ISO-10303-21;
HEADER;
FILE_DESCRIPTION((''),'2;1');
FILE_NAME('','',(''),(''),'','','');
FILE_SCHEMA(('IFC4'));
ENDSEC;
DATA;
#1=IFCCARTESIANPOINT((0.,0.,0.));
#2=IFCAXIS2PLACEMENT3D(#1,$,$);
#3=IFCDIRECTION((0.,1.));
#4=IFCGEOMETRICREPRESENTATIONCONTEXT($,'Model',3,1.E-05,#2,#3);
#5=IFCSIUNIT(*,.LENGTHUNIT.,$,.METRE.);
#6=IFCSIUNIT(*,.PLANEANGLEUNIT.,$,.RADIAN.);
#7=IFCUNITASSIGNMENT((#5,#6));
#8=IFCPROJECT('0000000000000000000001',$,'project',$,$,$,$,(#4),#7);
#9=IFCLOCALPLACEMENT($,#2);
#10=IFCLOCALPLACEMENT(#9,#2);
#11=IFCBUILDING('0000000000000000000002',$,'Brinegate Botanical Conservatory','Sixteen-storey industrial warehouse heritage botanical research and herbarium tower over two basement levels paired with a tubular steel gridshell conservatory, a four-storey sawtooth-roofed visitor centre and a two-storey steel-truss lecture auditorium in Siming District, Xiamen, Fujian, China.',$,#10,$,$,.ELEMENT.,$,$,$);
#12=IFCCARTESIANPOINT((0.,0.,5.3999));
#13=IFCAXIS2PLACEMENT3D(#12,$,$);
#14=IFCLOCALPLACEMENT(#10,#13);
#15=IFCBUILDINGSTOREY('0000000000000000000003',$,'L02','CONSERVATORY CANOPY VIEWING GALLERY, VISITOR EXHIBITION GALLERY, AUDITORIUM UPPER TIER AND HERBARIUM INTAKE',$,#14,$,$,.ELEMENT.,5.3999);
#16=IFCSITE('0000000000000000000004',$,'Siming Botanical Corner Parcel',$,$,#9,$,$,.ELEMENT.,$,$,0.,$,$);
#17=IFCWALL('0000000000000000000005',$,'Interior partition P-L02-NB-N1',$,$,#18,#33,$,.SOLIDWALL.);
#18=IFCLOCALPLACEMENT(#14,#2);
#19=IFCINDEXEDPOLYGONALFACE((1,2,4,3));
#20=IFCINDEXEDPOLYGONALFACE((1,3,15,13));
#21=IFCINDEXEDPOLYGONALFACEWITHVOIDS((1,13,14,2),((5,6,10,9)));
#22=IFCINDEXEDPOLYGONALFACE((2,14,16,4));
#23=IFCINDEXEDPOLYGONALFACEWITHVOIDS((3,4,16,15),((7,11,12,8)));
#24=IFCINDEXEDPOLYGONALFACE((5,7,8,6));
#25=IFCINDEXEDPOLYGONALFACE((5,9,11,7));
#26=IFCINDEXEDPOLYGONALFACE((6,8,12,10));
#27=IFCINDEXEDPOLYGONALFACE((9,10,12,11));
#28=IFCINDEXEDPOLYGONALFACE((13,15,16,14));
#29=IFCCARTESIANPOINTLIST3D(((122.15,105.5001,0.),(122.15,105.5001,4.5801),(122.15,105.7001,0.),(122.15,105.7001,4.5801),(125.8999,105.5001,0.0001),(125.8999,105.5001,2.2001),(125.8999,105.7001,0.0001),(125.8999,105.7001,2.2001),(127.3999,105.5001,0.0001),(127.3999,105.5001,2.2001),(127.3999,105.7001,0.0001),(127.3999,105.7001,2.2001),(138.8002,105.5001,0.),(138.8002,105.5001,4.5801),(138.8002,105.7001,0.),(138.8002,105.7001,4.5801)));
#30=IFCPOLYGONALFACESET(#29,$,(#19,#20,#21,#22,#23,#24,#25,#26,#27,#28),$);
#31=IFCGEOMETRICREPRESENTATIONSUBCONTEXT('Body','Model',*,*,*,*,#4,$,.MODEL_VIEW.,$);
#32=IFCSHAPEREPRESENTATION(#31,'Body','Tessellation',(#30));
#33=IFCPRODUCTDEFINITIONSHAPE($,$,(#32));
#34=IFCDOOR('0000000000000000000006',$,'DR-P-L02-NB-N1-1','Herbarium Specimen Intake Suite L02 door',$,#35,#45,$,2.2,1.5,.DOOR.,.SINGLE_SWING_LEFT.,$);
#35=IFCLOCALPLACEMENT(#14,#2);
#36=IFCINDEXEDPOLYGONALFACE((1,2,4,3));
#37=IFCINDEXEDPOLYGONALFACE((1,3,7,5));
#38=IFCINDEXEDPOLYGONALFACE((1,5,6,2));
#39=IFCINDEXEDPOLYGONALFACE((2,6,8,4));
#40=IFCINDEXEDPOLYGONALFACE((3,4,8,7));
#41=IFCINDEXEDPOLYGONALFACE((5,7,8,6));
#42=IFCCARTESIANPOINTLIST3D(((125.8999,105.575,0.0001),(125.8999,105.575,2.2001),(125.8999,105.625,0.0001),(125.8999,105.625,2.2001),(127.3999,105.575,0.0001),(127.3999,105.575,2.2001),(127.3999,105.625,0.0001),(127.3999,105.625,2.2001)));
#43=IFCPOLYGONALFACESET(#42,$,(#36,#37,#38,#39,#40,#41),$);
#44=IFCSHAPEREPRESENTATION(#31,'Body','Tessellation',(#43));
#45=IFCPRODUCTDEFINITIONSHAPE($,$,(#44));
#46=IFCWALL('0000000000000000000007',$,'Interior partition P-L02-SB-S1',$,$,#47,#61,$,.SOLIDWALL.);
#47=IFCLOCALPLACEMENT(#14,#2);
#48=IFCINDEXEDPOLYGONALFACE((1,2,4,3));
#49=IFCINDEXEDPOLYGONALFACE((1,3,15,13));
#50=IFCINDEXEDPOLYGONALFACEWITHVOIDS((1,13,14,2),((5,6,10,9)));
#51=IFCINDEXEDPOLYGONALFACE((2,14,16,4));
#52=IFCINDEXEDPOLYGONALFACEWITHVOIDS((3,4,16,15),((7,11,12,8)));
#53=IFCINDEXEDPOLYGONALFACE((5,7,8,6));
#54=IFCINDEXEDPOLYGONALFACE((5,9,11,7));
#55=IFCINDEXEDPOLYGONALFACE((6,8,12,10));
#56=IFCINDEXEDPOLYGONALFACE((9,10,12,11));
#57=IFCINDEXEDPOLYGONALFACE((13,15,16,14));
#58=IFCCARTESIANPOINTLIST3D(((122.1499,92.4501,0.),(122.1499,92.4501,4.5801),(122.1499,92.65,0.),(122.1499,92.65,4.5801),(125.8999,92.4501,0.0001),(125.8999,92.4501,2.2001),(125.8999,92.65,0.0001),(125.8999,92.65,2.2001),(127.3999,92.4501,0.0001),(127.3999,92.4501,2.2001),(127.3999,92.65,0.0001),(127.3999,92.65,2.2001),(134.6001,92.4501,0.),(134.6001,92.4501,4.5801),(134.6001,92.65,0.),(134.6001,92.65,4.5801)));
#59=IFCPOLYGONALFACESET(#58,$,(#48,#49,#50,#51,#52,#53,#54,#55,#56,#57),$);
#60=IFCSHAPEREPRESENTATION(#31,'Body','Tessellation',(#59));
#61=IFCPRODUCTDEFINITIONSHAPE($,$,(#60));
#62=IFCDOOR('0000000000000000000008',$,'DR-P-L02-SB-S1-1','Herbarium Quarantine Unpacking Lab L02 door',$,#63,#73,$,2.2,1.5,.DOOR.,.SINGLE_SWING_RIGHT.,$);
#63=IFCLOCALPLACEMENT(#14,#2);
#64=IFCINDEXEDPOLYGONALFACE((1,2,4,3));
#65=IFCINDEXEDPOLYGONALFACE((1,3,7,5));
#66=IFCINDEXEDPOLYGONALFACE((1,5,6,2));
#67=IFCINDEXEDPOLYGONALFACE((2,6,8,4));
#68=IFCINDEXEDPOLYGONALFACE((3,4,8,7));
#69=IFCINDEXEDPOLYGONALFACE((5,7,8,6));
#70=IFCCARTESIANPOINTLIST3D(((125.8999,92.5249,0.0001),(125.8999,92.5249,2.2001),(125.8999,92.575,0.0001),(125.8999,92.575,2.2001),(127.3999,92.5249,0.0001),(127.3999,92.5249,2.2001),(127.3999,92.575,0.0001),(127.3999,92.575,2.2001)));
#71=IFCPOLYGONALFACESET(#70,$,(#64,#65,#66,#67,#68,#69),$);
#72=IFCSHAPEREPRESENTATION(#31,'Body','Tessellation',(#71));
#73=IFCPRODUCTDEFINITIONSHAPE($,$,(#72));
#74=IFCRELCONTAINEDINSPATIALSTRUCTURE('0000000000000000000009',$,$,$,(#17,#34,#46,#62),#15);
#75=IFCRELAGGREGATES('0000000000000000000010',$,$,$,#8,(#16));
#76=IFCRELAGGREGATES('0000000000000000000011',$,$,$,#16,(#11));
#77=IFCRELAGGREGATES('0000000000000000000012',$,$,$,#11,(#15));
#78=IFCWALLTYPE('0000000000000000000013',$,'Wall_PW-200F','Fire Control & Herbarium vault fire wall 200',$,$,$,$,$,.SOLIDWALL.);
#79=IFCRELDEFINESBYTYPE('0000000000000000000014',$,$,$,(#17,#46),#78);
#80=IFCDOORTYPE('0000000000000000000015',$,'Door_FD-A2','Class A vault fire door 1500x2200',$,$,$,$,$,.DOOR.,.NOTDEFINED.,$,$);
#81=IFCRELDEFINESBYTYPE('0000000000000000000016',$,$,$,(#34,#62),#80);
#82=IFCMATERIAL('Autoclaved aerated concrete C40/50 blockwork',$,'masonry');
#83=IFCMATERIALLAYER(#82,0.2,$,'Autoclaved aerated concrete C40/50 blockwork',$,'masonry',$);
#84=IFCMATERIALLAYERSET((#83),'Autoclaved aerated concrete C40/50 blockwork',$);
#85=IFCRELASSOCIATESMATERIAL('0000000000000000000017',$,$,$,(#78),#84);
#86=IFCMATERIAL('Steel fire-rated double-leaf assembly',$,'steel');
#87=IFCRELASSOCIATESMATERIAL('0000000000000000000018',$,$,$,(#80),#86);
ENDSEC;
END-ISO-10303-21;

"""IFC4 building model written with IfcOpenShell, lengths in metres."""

from ifc_helpers import new_model, si_unit, direction, frame, frame_2d, origin, place, context, subcontext, project, spatial, rectangle, extrude, material, layer, layer_set, type_object, element, fill, save


model = new_model("IFC4")

# Units and contexts
model_context = context("Model", 3, precision=1e-05, world=origin(), true_north=direction((0.0, 1.0)))
body_context = subcontext(model_context, "Body", "Model", "MODEL_VIEW")
ifc_project = project(units=[si_unit("LENGTHUNIT", "METRE"), si_unit("PLANEANGLEUNIT", "RADIAN")], contexts=[model_context])

# Site, building, storey
site_placement = place(None, origin())
site = spatial("IfcSite", under=ifc_project, at=site_placement, Name="Siming Botanical Corner Parcel", CompositionType="ELEMENT", RefElevation=0.0)
building_placement = place(site_placement, origin())
building = spatial("IfcBuilding", under=site, at=building_placement, Name="Brinegate Botanical Conservatory", Description="Sixteen-storey industrial warehouse heritage botanical research and herbarium tower over two basement levels paired with a tubular steel gridshell conservatory, a four-storey sawtooth-roofed visitor centre and a two-storey steel-truss lecture auditorium in Siming District, Xiamen, Fujian, China.", CompositionType="ELEMENT")
storey_placement = place(building_placement, frame((0.0, 0.0, 5.3999)))
storey = spatial("IfcBuildingStorey", under=building, at=storey_placement, Name="L02", Description="CONSERVATORY CANOPY VIEWING GALLERY, VISITOR EXHIBITION GALLERY, AUDITORIUM UPPER TIER AND HERBARIUM INTAKE", CompositionType="ELEMENT", Elevation=5.3999)

# Walls, openings, doors
ifc_material_1 = material(Name="Autoclaved aerated concrete C40/50 blockwork", Category="masonry")
ifc_layer_1 = layer(ifc_material_1, 0.2, Name="Autoclaved aerated concrete C40/50 blockwork", Category="masonry")
ifc_layer_set_1 = layer_set([ifc_layer_1], Name="Autoclaved aerated concrete C40/50 blockwork")
wall_type_1 = type_object("IfcWallType", Name="Wall_PW-200F", Description="Fire Control & Herbarium vault fire wall 200", PredefinedType="SOLIDWALL", material=ifc_layer_set_1)
wall_1_placement = place(storey_placement, frame((122.1499, 105.6001, 0.0), z_axis=(0.0, 0.0, 1.0), x_axis=(1.0, 0.0, 0.0)))
wall_1 = element("IfcWall", 1, at=wall_1_placement, inside=storey, type_object=wall_type_1, Name="Interior partition P-L02-NB-N1", PredefinedType="SOLIDWALL", context=body_context, shape_type="SweptSolid", body=[
    extrude(rectangle(XDim=16.6501, YDim=0.2, at=frame_2d((8.3252, 0.0))), origin(), (0.0, 0.0, 1.0), 4.5801),
])
opening_1_placement = place(wall_1_placement, frame((3.75, 0.0, 0.0)))
opening_1 = element("IfcOpeningElement", 2, at=opening_1_placement, cuts=wall_1, PredefinedType="OPENING", context=body_context, shape_type="SweptSolid", body=[
    extrude(rectangle(XDim=1.5, YDim=2.2, at=frame_2d((0.75, 1.1001))), frame((0.0, 0.1099, 0.0), z_axis=(0.0, -1.0, 0.0), x_axis=(1.0, 0.0, 0.0)), (0.0, 0.0, 1.0), 0.22),
])
ifc_material_2 = material(Name="Steel fire-rated double-leaf assembly", Category="steel")
door_type_1 = type_object("IfcDoorType", Name="Door_FD-A2", Description="Class A vault fire door 1500x2200", OperationType="NOTDEFINED", PredefinedType="DOOR", material=ifc_material_2)
door_1_placement = place(opening_1_placement, origin())
door_1 = element("IfcDoor", 3, at=door_1_placement, inside=storey, type_object=door_type_1, Name="DR-P-L02-NB-N1-1", Description="Herbarium Specimen Intake Suite L02 door", OperationType="SINGLE_SWING_LEFT", OverallHeight=2.2, OverallWidth=1.5, PredefinedType="DOOR", context=body_context, shape_type="SweptSolid", body=[
    extrude(rectangle(XDim=1.5, YDim=2.2, at=frame_2d((0.75, 1.1001))), frame((0.0, 0.0249, 0.0), z_axis=(0.0, -1.0, 0.0), x_axis=(1.0, 0.0, 0.0)), (0.0, 0.0, 1.0), 0.05),
])
fill(opening_1, door_1)
wall_2_placement = place(storey_placement, frame((122.1499, 92.55, 0.0), z_axis=(0.0, 0.0, 1.0), x_axis=(1.0, 0.0, 0.0)))
wall_2 = element("IfcWall", 4, at=wall_2_placement, inside=storey, type_object=wall_type_1, Name="Interior partition P-L02-SB-S1", PredefinedType="SOLIDWALL", context=body_context, shape_type="SweptSolid", body=[
    extrude(rectangle(XDim=12.4502, YDim=0.2, at=frame_2d((6.2251, 0.0))), origin(), (0.0, 0.0, 1.0), 4.5801),
])
opening_2_placement = place(wall_2_placement, frame((3.75, 0.0, 0.0)))
opening_2 = element("IfcOpeningElement", 5, at=opening_2_placement, cuts=wall_2, PredefinedType="OPENING", context=body_context, shape_type="SweptSolid", body=[
    extrude(rectangle(XDim=1.5, YDim=2.2, at=frame_2d((0.75, 1.1001))), frame((0.0, 0.1099, 0.0), z_axis=(0.0, -1.0, 0.0), x_axis=(1.0, 0.0, 0.0)), (0.0, 0.0, 1.0), 0.22),
])
door_2_placement = place(opening_2_placement, origin())
door_2 = element("IfcDoor", 6, at=door_2_placement, inside=storey, type_object=door_type_1, Name="DR-P-L02-SB-S1-1", Description="Herbarium Quarantine Unpacking Lab L02 door", OperationType="SINGLE_SWING_RIGHT", OverallHeight=2.2, OverallWidth=1.5, PredefinedType="DOOR", context=body_context, shape_type="SweptSolid", body=[
    extrude(rectangle(XDim=1.5, YDim=2.2, at=frame_2d((0.75, 1.1001))), frame((0.0, 0.0249, 0.0), z_axis=(0.0, -1.0, 0.0), x_axis=(1.0, 0.0, 0.0)), (0.0, 0.0, 1.0), 0.05),
])
fill(opening_2, door_2)

save(model, "model.ifc")
